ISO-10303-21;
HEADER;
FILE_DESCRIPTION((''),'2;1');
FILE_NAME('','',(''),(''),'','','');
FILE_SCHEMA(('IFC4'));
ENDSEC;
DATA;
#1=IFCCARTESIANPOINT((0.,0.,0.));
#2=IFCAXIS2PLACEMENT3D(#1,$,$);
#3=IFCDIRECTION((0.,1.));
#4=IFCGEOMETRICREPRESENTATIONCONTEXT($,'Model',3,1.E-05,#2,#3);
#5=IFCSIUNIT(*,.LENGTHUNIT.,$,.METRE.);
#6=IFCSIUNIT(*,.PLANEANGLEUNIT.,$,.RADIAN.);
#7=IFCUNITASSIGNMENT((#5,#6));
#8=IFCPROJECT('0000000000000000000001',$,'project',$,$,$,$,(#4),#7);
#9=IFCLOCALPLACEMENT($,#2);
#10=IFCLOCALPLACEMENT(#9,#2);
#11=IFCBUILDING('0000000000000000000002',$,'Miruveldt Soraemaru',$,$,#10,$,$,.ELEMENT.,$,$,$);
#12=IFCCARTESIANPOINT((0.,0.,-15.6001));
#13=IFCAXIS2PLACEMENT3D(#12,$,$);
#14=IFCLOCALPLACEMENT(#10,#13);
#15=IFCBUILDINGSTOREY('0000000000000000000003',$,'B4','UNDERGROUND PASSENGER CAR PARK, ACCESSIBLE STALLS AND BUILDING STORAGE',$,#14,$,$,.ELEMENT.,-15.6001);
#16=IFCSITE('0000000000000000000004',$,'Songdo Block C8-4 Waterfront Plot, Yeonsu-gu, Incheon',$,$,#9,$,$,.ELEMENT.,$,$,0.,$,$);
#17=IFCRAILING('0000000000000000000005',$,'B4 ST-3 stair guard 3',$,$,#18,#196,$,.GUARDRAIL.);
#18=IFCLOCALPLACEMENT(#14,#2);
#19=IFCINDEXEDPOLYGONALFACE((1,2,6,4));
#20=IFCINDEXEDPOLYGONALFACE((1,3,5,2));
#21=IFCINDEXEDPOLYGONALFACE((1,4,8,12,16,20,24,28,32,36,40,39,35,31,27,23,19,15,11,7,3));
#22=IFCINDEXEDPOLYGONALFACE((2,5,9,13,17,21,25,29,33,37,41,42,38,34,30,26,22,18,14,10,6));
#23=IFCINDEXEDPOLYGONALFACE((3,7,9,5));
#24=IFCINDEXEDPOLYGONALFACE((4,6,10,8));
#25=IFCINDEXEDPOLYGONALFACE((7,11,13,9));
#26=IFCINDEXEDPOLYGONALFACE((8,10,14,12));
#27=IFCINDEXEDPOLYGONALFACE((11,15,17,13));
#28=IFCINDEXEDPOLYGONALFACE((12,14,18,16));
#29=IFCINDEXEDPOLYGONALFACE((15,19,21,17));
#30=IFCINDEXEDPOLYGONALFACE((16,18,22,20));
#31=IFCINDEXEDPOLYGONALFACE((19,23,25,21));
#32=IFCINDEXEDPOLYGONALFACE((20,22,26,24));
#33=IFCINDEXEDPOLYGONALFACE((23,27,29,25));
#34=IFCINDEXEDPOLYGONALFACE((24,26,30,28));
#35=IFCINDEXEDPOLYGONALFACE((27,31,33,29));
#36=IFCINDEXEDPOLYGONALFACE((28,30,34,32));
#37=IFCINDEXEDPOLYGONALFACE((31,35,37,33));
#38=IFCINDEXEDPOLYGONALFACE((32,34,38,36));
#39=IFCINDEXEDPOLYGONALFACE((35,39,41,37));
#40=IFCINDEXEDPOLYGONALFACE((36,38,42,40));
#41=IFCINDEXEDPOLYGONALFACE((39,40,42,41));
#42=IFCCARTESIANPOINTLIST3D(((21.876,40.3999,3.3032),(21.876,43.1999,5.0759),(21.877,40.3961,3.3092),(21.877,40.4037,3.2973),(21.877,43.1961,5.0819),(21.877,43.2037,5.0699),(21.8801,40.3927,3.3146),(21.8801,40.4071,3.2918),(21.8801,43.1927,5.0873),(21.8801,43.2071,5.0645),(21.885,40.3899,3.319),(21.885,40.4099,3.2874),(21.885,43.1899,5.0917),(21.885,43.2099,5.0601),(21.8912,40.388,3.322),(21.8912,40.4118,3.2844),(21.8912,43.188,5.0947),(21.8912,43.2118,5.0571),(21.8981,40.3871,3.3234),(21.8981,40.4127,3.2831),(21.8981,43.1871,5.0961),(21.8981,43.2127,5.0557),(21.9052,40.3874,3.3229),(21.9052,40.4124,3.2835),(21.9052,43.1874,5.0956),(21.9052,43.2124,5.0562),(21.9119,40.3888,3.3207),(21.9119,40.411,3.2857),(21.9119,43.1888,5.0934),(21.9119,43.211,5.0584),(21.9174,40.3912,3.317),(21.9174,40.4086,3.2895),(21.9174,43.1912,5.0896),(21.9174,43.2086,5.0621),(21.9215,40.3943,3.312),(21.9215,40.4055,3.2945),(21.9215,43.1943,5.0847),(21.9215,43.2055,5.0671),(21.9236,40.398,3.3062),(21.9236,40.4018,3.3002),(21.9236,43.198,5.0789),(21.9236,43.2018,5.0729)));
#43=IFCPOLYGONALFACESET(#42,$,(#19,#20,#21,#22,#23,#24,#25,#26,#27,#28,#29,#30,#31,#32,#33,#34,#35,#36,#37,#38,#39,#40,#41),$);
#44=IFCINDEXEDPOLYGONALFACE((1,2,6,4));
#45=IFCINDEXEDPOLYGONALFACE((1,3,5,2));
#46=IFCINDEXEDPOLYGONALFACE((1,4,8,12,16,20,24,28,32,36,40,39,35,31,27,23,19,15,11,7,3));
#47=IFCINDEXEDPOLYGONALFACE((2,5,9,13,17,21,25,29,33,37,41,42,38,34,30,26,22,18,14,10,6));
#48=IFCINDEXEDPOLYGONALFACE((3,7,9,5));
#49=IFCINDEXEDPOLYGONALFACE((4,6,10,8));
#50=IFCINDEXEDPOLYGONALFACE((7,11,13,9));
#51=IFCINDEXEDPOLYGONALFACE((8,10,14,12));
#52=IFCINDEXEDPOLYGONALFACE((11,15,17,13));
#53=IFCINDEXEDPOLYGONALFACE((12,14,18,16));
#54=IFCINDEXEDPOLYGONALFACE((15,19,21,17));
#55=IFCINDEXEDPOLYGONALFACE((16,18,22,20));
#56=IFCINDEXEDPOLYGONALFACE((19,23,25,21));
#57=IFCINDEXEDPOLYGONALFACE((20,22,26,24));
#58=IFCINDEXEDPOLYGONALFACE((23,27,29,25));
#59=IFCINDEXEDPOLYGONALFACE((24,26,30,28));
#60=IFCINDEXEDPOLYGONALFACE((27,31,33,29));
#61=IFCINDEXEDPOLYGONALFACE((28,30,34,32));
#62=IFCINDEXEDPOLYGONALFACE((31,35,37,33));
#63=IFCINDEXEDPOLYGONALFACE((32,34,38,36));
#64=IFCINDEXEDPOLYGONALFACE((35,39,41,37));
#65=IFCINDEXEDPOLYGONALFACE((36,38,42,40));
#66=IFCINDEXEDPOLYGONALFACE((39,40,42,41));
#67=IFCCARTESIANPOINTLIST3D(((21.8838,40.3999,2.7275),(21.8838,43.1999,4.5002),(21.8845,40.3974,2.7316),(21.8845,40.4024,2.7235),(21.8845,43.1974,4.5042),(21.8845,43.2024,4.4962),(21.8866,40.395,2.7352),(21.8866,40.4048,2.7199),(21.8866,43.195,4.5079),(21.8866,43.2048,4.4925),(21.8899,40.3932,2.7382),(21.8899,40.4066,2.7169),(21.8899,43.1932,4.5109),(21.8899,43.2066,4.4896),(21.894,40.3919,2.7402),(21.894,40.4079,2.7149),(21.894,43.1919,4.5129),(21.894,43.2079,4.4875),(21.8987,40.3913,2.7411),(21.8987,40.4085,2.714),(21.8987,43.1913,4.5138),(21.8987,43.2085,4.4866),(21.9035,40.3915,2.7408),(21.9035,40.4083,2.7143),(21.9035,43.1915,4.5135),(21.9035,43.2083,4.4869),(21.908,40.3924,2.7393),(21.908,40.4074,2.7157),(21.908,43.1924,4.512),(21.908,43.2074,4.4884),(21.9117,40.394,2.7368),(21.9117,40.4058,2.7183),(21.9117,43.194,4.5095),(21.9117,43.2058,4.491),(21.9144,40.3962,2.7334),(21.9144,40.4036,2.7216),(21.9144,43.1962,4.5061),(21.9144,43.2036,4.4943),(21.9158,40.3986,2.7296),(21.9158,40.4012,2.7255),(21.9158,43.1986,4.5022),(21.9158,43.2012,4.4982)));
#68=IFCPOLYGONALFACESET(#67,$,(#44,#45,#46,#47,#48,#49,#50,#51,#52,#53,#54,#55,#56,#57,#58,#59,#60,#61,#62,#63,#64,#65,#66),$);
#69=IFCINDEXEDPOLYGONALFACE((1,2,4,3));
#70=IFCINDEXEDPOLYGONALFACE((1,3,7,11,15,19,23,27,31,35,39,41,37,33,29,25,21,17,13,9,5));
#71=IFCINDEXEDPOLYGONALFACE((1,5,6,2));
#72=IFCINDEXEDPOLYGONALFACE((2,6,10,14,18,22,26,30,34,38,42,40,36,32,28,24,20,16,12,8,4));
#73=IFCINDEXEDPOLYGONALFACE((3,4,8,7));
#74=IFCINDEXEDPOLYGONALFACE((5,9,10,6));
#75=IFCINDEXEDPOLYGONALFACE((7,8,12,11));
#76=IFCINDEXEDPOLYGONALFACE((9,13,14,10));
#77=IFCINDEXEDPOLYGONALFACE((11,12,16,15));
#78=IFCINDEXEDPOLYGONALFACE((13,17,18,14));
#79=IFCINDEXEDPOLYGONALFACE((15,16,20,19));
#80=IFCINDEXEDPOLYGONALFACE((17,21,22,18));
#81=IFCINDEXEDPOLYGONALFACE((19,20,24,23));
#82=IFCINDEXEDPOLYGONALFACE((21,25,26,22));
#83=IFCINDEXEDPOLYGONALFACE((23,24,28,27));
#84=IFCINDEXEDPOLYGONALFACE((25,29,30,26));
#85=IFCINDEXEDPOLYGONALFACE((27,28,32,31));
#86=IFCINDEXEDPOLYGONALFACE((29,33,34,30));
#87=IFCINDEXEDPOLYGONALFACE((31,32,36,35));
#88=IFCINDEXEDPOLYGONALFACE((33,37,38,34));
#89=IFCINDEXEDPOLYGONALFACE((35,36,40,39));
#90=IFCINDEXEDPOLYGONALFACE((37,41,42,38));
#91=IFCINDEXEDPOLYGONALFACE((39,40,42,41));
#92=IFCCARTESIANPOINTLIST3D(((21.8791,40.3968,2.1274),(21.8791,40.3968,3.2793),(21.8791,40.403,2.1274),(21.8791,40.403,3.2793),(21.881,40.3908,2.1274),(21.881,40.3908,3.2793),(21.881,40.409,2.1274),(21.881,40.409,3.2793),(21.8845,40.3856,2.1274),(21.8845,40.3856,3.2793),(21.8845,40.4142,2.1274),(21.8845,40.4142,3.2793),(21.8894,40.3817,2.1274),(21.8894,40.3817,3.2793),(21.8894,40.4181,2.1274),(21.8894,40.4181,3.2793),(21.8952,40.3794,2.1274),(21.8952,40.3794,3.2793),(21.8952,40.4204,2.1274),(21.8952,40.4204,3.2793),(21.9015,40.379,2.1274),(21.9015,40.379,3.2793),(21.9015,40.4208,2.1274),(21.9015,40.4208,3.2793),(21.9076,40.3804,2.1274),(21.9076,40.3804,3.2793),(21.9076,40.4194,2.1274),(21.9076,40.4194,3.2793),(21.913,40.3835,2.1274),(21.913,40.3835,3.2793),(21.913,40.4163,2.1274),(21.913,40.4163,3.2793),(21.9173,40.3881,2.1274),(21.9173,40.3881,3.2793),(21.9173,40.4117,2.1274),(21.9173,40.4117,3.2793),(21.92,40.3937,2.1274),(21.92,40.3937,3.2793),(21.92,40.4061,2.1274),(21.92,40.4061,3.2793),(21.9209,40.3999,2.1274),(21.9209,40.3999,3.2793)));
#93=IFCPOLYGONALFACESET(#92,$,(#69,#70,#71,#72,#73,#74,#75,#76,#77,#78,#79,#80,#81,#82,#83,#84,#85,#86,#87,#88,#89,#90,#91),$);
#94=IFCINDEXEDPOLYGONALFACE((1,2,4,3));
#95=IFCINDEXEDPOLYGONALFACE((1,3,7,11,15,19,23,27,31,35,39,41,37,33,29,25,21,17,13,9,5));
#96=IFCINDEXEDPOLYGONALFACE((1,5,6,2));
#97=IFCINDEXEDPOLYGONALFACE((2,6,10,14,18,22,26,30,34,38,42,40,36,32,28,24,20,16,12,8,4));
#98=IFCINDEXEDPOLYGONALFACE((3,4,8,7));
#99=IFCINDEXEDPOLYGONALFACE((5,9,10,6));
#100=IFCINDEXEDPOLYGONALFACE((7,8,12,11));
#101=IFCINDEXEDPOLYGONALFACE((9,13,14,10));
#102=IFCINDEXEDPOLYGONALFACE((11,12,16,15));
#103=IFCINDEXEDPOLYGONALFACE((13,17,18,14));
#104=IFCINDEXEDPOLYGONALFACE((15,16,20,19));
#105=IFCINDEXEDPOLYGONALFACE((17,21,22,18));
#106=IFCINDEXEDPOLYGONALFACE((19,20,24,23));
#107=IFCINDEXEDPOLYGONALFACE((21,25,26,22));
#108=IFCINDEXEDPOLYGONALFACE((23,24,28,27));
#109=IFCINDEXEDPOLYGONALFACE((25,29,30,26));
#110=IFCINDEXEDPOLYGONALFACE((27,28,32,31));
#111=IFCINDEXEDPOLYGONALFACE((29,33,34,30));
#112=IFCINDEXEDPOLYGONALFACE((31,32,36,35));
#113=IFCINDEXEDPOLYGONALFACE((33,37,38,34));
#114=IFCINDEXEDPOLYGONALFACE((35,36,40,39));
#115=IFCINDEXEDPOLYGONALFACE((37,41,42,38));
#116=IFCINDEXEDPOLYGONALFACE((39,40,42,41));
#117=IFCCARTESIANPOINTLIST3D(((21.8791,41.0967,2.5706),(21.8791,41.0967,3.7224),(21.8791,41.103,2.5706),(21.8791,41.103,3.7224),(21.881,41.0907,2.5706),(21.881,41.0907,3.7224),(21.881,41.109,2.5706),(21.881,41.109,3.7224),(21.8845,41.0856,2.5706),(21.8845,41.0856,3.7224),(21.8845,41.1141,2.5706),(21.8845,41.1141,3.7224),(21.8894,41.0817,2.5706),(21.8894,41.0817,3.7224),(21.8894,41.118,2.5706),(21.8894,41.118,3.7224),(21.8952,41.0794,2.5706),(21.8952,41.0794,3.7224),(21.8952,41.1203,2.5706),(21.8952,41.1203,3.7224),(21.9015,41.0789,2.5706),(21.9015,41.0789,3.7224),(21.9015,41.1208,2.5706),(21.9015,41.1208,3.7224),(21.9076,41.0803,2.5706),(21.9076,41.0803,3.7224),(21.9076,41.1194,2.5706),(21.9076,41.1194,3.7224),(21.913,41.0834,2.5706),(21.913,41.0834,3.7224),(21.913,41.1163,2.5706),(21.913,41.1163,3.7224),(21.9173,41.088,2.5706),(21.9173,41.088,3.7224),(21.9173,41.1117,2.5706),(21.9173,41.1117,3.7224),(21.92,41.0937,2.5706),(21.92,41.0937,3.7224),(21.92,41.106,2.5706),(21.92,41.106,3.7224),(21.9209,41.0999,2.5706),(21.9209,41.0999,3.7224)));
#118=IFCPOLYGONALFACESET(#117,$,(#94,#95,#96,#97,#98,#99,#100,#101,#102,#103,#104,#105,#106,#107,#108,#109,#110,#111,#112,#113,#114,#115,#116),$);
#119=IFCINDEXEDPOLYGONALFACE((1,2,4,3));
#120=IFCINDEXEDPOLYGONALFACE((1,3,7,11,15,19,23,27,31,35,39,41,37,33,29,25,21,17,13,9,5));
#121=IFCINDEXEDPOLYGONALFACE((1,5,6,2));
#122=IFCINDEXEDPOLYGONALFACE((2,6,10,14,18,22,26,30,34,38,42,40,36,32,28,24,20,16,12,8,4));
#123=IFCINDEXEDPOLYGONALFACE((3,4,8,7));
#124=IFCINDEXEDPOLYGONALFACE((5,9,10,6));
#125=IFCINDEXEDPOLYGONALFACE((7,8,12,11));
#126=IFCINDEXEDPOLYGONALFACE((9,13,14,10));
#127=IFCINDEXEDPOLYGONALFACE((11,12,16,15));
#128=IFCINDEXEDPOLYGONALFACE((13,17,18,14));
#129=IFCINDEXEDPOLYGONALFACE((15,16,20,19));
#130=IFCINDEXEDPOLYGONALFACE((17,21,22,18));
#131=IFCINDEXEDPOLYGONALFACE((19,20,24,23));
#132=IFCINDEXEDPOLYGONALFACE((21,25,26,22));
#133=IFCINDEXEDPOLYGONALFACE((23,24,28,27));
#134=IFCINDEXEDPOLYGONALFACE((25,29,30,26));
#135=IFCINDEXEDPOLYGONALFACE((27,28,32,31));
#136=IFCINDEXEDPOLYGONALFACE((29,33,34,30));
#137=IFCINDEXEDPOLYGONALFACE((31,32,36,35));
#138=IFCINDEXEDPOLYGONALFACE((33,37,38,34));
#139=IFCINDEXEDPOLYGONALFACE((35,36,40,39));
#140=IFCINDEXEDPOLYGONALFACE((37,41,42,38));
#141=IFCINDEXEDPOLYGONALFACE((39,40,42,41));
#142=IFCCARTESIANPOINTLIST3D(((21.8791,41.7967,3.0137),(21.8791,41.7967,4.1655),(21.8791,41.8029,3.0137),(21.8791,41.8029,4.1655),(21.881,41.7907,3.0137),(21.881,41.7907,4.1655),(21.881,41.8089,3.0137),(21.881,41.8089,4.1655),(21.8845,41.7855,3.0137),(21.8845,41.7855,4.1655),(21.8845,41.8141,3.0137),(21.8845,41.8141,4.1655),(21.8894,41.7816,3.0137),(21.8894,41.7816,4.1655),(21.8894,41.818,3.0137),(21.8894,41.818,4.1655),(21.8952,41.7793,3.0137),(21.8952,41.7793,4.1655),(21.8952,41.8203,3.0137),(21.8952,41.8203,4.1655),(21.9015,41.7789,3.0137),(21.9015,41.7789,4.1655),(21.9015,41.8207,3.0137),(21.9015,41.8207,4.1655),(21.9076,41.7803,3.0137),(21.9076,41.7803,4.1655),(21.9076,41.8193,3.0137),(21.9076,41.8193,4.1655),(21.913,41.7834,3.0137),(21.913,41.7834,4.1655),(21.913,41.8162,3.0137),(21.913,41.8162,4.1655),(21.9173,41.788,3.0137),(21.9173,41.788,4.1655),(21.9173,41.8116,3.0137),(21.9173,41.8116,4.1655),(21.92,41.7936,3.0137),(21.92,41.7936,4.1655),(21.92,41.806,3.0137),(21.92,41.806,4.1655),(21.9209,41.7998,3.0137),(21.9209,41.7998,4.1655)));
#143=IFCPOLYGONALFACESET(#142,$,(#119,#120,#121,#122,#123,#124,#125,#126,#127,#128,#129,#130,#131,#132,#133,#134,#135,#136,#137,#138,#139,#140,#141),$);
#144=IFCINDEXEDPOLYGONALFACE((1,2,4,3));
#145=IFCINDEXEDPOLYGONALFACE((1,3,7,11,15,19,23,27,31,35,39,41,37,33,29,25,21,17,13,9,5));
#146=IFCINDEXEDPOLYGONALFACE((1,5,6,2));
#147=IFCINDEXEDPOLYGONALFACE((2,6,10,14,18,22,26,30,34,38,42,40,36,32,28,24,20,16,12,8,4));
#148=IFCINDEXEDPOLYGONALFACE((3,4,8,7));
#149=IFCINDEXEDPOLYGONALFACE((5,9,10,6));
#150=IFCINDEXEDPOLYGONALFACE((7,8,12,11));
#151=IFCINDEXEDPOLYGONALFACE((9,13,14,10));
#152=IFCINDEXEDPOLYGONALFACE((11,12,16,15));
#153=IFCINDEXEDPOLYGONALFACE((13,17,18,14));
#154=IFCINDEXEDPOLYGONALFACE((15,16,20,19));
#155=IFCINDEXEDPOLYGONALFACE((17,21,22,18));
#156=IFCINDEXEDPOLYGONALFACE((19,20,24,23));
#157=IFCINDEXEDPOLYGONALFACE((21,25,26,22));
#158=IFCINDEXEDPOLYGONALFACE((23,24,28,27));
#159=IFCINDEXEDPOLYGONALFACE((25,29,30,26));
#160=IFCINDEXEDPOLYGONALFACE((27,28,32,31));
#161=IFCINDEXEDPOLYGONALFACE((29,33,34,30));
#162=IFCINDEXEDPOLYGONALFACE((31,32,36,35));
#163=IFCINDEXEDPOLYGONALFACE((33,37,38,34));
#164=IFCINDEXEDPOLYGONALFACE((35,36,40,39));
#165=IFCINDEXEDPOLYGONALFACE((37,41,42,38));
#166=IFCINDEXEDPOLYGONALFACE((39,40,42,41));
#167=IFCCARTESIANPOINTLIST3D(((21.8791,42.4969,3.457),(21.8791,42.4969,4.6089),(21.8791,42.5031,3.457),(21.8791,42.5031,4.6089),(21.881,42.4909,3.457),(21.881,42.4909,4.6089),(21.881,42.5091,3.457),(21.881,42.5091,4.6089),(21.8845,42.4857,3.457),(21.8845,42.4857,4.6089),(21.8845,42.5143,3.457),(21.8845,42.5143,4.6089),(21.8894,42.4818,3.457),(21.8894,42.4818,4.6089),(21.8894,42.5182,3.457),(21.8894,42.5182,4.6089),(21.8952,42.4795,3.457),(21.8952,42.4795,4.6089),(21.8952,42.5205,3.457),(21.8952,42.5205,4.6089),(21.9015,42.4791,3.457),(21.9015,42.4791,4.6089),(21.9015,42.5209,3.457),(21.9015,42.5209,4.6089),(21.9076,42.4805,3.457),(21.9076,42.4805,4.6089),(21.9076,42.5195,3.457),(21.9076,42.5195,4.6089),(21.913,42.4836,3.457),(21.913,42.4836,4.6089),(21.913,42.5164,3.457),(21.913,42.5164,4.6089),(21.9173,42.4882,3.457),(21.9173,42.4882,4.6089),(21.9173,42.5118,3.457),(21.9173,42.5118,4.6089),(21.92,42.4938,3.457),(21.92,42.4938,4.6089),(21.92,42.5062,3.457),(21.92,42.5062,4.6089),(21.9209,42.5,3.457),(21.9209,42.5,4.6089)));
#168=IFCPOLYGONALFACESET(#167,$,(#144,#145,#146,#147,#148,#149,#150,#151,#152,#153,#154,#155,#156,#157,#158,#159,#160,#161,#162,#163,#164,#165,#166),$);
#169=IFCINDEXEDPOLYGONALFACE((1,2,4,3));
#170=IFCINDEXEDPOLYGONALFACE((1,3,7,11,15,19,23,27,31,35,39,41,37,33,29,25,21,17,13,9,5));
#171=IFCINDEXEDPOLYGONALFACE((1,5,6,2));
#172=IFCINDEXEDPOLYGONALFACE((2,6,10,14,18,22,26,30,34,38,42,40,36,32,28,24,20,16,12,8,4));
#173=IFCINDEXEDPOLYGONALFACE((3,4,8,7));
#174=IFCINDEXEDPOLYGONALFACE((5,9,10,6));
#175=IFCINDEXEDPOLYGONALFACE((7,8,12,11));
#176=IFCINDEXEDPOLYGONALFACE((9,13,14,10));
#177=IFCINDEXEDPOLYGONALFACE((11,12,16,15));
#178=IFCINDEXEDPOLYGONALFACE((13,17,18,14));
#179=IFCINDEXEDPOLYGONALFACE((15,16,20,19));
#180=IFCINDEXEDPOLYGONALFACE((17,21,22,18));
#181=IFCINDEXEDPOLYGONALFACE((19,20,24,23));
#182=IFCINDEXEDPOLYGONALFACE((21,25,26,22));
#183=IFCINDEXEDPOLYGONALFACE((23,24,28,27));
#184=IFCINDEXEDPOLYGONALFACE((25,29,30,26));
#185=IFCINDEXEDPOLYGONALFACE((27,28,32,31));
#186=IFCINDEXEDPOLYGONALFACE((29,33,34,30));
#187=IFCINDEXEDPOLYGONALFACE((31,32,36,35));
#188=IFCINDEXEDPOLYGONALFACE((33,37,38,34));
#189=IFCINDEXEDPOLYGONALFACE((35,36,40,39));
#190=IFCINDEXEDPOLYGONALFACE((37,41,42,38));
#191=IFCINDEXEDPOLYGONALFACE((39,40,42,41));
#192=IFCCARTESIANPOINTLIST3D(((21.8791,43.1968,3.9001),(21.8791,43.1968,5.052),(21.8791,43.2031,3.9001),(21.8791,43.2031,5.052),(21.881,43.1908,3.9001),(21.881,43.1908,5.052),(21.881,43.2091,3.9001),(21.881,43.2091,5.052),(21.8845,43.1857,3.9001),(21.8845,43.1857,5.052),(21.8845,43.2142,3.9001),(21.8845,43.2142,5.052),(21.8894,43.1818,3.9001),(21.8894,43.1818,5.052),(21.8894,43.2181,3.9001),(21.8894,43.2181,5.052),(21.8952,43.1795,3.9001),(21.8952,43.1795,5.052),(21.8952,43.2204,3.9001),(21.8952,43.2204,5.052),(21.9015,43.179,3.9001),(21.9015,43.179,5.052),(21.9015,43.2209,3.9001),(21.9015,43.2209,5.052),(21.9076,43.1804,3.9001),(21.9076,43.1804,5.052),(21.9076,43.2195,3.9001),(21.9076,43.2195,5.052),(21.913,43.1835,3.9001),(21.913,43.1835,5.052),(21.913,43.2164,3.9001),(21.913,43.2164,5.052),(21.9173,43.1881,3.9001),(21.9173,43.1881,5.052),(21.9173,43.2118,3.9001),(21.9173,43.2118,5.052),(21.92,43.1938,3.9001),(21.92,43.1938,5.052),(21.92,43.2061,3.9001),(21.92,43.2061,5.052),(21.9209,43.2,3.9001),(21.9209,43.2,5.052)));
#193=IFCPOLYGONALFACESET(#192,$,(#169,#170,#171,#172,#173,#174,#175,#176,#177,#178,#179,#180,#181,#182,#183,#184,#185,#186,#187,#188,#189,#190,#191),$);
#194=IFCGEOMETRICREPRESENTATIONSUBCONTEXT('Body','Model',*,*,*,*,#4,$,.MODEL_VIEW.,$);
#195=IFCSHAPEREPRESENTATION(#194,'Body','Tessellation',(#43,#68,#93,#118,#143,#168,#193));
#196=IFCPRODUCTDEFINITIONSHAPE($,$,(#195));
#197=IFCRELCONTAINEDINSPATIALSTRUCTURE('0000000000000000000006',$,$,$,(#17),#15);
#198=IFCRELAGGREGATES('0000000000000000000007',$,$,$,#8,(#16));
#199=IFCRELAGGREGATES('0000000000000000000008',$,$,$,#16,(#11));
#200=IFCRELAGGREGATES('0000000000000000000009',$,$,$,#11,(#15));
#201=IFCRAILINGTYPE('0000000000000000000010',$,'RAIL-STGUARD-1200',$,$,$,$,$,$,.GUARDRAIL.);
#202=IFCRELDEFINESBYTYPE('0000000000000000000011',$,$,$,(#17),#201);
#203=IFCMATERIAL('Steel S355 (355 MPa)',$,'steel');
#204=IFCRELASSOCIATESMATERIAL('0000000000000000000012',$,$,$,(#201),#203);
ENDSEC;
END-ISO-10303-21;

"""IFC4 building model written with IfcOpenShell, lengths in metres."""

from ifc_helpers import new_model, si_unit, direction, frame, origin, origin_2d, place, context, subcontext, project, spatial, circle, extrude, material, type_object, element, save


model = new_model("IFC4")

# Units and contexts
model_context = context("Model", 3, precision=1e-05, world=origin(), true_north=direction((0.0, 1.0)))
body_context = subcontext(model_context, "Body", "Model", "MODEL_VIEW")
ifc_project = project(units=[si_unit("LENGTHUNIT", "METRE"), si_unit("PLANEANGLEUNIT", "RADIAN")], contexts=[model_context])

# Site, building, storey
site_placement = place(None, origin())
site = spatial("IfcSite", under=ifc_project, at=site_placement, Name="Songdo Block C8-4 Waterfront Plot, Yeonsu-gu, Incheon", CompositionType="ELEMENT", RefElevation=0.0)
building_placement = place(site_placement, origin())
building = spatial("IfcBuilding", under=site, at=building_placement, Name="Miruveldt Soraemaru", CompositionType="ELEMENT")
storey_placement = place(building_placement, frame((0.0, 0.0, -15.6001)))
storey = spatial("IfcBuildingStorey", under=building, at=storey_placement, Name="B4", Description="UNDERGROUND PASSENGER CAR PARK, ACCESSIBLE STALLS AND BUILDING STORAGE", CompositionType="ELEMENT", Elevation=-15.6001)

# Railing
ifc_material_1 = material(Name="Steel S355 (355 MPa)", Category="steel")
railing_type_1 = type_object("IfcRailingType", Name="RAIL-STGUARD-1200", PredefinedType="GUARDRAIL", material=ifc_material_1)
railing_1_placement = place(storey_placement, frame((21.8999, 40.3999, 2.1274)))
element("IfcRailing", 1, at=railing_1_placement, inside=storey, type_object=railing_type_1, Name="B4 ST-3 stair guard 3", PredefinedType="GUARDRAIL", context=body_context, shape_type="SweptSolid", body=[
    extrude(circle(Radius=0.0239, at=origin_2d()), frame((0.0, 0.0, 1.1758), z_axis=(0.0, 0.844909, 0.53491), x_axis=(-1.0, 0.0, 0.0)), (0.0, 0.0, 1.0), 3.314),
    extrude(circle(Radius=0.0161, at=origin_2d()), frame((0.0, 0.0, 0.6001), z_axis=(0.0, 0.844909, 0.53491), x_axis=(-1.0, 0.0, 0.0)), (0.0, 0.0, 1.0), 3.314),
    extrude(circle(Radius=0.021, at=origin_2d()), origin(), (0.0, 0.0, 1.0), 1.1519),
    extrude(circle(Radius=0.021, at=origin_2d()), frame((0.0, 0.7, 0.4431)), (0.0, 0.0, 1.0), 1.1519),
    extrude(circle(Radius=0.021, at=origin_2d()), frame((0.0, 1.3999, 0.8862)), (0.0, 0.0, 1.0), 1.1519),
    extrude(circle(Radius=0.021, at=origin_2d()), frame((0.0, 2.1001, 1.3296)), (0.0, 0.0, 1.0), 1.1519),
    extrude(circle(Radius=0.021, at=origin_2d()), frame((0.0, 2.8, 1.7727)), (0.0, 0.0, 1.0), 1.1519),
])

save(model, "model.ifc")
